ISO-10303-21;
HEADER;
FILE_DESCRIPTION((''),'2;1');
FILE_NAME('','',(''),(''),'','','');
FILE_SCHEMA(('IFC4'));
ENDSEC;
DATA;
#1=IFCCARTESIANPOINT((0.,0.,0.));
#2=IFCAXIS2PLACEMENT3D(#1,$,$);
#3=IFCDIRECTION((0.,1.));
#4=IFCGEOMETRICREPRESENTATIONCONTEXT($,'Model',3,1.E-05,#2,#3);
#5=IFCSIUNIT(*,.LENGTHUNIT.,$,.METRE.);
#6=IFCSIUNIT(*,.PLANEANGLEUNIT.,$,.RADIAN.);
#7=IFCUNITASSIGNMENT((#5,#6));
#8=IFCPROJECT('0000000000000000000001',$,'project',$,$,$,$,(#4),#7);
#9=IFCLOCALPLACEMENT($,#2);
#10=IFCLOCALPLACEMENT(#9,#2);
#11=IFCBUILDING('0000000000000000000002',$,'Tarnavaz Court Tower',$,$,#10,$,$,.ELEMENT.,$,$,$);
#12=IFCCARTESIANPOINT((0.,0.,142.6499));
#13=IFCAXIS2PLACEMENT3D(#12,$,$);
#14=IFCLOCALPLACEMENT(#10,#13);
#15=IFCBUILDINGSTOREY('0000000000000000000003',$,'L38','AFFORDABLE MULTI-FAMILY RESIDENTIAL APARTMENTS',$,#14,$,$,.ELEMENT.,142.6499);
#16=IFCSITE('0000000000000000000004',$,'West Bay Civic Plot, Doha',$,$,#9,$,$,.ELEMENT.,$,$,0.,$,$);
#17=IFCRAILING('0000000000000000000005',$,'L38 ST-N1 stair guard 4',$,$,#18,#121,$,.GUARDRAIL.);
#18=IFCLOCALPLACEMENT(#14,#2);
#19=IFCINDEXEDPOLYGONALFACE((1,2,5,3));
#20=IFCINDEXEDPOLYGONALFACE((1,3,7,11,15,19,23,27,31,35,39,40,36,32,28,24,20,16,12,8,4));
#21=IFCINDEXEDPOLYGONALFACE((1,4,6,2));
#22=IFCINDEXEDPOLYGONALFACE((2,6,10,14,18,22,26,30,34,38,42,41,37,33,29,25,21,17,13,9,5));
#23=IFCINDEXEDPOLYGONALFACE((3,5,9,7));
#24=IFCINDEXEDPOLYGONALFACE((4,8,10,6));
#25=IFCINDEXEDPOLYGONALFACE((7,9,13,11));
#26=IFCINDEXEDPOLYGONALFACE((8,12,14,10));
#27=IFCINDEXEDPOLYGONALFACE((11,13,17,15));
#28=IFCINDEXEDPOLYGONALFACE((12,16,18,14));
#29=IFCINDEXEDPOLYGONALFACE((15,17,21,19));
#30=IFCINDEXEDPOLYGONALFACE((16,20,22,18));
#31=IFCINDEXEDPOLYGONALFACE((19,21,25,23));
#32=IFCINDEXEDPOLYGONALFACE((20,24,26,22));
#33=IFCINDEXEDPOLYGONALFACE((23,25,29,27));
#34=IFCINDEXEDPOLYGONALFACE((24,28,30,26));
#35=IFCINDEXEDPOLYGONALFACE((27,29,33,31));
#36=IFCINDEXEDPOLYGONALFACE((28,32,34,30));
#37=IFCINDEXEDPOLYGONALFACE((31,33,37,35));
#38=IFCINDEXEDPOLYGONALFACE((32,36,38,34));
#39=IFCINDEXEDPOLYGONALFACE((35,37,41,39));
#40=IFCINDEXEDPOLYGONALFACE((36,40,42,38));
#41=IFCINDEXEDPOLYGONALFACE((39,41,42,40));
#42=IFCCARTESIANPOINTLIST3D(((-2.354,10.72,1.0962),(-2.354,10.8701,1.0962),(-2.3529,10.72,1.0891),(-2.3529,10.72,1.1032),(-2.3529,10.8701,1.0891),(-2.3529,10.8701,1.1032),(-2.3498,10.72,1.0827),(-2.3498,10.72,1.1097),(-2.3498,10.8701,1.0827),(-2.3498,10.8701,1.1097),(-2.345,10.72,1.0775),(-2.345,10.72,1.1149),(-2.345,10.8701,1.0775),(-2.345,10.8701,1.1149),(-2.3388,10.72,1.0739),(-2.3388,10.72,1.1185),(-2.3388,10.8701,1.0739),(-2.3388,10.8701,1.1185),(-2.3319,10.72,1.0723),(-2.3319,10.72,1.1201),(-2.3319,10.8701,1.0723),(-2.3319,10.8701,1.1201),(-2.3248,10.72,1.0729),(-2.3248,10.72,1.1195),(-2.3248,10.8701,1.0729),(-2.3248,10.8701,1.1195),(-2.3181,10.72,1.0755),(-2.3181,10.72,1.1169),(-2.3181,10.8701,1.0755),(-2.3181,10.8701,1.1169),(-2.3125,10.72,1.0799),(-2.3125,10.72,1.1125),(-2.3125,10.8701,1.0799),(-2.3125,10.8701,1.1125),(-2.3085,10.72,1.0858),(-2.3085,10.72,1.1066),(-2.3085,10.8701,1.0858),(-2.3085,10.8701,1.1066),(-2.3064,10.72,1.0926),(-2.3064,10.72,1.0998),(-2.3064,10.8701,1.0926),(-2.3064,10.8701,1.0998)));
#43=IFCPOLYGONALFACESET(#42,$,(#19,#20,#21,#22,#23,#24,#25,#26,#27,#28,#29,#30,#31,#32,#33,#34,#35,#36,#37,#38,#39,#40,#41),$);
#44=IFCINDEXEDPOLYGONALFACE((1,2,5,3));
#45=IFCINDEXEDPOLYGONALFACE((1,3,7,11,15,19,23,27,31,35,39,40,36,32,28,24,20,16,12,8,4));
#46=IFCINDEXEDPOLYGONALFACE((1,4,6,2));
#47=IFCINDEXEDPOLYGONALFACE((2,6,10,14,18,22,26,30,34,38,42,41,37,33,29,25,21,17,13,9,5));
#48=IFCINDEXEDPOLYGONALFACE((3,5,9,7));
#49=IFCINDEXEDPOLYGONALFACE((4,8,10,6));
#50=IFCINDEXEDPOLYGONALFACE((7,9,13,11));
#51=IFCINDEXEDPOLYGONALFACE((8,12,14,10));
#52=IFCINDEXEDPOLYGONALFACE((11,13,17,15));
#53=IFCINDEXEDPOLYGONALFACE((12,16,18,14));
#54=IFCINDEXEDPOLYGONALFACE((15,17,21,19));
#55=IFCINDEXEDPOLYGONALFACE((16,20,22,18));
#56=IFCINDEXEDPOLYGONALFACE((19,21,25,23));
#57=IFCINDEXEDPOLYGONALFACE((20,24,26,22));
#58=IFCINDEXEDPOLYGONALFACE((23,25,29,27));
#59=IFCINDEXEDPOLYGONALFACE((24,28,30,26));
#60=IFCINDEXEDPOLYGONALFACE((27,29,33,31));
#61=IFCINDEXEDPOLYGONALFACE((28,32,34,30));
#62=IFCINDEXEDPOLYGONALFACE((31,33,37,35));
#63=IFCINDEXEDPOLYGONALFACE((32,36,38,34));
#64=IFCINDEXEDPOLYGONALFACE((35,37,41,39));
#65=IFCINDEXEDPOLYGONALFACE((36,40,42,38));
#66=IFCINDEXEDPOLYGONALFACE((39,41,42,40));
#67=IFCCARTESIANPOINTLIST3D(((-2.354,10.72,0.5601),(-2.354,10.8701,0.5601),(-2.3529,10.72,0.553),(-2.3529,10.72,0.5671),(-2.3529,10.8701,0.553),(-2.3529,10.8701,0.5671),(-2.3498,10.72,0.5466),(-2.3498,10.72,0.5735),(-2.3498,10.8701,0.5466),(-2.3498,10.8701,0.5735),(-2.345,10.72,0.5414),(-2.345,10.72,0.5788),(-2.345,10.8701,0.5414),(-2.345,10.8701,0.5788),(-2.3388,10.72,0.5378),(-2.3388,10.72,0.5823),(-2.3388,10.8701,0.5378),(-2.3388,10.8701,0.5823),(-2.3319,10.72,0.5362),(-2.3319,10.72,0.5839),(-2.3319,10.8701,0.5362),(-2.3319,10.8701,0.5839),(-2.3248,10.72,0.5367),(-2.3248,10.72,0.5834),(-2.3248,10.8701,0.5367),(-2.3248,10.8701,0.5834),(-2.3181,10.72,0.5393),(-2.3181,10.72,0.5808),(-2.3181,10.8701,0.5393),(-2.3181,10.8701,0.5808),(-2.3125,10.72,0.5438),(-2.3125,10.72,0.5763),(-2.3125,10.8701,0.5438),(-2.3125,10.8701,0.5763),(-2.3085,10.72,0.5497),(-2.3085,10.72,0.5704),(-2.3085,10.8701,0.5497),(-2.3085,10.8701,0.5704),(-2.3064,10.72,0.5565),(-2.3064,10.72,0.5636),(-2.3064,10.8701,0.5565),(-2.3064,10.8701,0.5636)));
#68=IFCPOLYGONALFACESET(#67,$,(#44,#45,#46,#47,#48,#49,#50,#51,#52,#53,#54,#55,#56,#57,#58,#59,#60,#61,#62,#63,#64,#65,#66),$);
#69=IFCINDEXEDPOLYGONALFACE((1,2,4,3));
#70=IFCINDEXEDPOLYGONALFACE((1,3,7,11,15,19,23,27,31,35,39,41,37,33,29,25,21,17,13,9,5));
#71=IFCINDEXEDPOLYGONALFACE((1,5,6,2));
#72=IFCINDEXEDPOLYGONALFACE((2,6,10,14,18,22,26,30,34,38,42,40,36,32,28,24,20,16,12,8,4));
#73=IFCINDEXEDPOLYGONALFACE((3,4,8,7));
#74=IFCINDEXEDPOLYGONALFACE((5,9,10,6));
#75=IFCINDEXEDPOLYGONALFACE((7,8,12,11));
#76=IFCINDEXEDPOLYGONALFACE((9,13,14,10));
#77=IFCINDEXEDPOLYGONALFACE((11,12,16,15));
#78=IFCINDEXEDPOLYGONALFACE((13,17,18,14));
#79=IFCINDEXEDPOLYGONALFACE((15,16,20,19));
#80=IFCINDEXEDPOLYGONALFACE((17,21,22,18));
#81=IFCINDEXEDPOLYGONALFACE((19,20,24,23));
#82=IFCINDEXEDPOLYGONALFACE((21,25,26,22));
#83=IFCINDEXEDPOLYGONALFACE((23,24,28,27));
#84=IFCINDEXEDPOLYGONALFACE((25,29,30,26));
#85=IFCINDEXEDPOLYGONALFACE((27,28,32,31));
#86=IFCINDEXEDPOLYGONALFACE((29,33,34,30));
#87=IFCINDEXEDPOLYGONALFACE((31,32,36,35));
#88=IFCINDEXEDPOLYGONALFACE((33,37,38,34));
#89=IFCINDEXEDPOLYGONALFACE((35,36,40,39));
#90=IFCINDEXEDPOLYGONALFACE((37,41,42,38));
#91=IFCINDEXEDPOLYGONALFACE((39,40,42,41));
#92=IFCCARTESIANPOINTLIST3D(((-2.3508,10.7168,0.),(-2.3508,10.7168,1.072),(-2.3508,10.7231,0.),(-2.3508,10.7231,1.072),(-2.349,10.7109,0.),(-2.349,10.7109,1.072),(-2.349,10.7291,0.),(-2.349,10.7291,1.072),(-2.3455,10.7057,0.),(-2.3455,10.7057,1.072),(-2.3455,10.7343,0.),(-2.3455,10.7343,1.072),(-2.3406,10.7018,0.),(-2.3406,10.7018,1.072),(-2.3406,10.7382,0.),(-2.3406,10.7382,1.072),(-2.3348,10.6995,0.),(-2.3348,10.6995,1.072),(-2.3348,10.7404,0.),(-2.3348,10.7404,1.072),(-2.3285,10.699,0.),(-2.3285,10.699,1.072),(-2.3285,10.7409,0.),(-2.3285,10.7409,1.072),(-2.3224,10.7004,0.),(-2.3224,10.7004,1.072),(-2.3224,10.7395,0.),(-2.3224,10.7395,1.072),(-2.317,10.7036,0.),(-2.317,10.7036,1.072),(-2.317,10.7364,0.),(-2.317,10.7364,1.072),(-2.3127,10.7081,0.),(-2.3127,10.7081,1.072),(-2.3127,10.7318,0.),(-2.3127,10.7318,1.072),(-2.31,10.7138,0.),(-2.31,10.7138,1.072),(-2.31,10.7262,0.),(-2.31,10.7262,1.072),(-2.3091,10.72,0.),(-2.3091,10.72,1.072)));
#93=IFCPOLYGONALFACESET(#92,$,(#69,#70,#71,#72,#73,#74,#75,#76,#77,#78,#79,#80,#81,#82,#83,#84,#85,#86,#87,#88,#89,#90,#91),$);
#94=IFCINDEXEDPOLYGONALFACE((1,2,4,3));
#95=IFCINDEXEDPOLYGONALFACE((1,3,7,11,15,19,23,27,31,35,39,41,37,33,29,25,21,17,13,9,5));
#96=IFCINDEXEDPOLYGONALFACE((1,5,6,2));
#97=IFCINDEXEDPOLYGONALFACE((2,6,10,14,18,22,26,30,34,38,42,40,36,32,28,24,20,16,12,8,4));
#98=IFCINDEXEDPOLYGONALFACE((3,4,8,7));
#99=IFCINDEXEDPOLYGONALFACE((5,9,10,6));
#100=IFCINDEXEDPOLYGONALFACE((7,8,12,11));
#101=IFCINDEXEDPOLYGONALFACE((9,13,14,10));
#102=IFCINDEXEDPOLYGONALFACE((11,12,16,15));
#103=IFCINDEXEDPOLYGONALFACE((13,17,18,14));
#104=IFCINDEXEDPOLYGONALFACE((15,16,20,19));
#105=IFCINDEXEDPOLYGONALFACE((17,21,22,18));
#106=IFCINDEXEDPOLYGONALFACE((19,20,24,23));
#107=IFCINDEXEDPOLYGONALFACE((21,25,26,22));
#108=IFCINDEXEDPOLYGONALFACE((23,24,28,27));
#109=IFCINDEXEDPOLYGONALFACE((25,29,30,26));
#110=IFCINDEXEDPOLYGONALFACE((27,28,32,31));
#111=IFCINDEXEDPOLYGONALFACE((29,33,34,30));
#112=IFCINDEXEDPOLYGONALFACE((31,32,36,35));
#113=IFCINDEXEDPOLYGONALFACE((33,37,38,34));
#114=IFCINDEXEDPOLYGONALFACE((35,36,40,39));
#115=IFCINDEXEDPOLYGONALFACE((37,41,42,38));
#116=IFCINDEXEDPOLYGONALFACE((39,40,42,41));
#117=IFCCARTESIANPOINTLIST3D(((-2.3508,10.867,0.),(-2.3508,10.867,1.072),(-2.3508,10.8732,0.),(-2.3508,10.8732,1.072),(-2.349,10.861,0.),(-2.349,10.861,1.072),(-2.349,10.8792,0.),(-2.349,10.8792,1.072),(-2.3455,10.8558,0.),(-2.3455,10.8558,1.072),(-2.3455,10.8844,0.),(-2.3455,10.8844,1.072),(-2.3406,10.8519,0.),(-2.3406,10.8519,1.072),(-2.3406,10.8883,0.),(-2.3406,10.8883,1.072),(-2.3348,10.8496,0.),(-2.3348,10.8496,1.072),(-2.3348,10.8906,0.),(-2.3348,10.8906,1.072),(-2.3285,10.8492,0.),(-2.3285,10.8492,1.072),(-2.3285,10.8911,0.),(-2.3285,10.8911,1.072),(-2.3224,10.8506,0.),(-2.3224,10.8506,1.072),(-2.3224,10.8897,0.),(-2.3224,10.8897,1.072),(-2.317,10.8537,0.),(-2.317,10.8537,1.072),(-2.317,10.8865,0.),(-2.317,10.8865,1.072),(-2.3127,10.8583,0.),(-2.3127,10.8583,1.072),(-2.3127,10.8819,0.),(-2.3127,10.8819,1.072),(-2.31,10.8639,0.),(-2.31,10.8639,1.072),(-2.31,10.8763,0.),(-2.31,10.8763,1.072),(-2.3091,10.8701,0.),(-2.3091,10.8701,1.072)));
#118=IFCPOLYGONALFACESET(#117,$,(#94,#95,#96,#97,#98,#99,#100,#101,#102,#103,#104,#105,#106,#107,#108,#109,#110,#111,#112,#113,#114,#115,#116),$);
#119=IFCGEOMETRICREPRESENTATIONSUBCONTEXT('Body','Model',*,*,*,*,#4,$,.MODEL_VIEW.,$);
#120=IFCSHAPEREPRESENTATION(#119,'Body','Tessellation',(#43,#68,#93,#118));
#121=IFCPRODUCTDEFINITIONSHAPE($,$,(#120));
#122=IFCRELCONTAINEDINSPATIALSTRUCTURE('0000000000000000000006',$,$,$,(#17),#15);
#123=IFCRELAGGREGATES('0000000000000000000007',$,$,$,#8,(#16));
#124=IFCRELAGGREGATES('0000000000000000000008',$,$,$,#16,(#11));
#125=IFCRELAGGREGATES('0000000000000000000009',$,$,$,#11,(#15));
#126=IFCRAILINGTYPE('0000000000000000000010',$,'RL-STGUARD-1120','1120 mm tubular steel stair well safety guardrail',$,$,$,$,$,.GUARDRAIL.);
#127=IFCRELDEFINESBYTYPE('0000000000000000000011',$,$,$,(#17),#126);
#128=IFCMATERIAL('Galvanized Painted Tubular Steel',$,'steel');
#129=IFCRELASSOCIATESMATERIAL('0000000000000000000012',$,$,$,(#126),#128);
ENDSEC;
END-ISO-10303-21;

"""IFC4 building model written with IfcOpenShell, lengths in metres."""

from ifc_helpers import new_model, si_unit, direction, frame, origin, origin_2d, place, context, subcontext, project, spatial, circle, extrude, material, type_object, element, save


model = new_model("IFC4")

# Units and contexts
model_context = context("Model", 3, precision=1e-05, world=origin(), true_north=direction((0.0, 1.0)))
body_context = subcontext(model_context, "Body", "Model", "MODEL_VIEW")
ifc_project = project(units=[si_unit("LENGTHUNIT", "METRE"), si_unit("PLANEANGLEUNIT", "RADIAN")], contexts=[model_context])

# Site, building, storey
site_placement = place(None, origin())
site = spatial("IfcSite", under=ifc_project, at=site_placement, Name="West Bay Civic Plot, Doha", CompositionType="ELEMENT", RefElevation=0.0)
building_placement = place(site_placement, origin())
building = spatial("IfcBuilding", under=site, at=building_placement, Name="Tarnavaz Court Tower", CompositionType="ELEMENT")
storey_placement = place(building_placement, frame((0.0, 0.0, 142.6499)))
storey = spatial("IfcBuildingStorey", under=building, at=storey_placement, Name="L38", Description="AFFORDABLE MULTI-FAMILY RESIDENTIAL APARTMENTS", CompositionType="ELEMENT", Elevation=142.6499)

# Railing
ifc_material_1 = material(Name="Galvanized Painted Tubular Steel", Category="steel")
railing_type_1 = type_object("IfcRailingType", Name="RL-STGUARD-1120", Description="1120 mm tubular steel stair well safety guardrail", PredefinedType="GUARDRAIL", material=ifc_material_1)
railing_1_placement = place(storey_placement, frame((-2.3301, 10.72, 0.0)))
element("IfcRailing", 1, at=railing_1_placement, inside=storey, type_object=railing_type_1, Name="L38 ST-N1 stair guard 4", PredefinedType="GUARDRAIL", context=body_context, shape_type="SweptSolid", body=[
    extrude(circle(Radius=0.0239, at=origin_2d()), frame((0.0, 0.0, 1.0962), z_axis=(0.0, 1.0, 0.0), x_axis=(-1.0, 0.0, 0.0)), (0.0, 0.0, 1.0), 0.1501),
    extrude(circle(Radius=0.0239, at=origin_2d()), frame((0.0, 0.0, 0.5601), z_axis=(0.0, 1.0, 0.0), x_axis=(-1.0, 0.0, 0.0)), (0.0, 0.0, 1.0), 0.1501),
    extrude(circle(Radius=0.021, at=origin_2d()), origin(), (0.0, 0.0, 1.0), 1.072),
    extrude(circle(Radius=0.021, at=origin_2d()), frame((0.0, 0.1501, 0.0)), (0.0, 0.0, 1.0), 1.072),
])

save(model, "model.ifc")
